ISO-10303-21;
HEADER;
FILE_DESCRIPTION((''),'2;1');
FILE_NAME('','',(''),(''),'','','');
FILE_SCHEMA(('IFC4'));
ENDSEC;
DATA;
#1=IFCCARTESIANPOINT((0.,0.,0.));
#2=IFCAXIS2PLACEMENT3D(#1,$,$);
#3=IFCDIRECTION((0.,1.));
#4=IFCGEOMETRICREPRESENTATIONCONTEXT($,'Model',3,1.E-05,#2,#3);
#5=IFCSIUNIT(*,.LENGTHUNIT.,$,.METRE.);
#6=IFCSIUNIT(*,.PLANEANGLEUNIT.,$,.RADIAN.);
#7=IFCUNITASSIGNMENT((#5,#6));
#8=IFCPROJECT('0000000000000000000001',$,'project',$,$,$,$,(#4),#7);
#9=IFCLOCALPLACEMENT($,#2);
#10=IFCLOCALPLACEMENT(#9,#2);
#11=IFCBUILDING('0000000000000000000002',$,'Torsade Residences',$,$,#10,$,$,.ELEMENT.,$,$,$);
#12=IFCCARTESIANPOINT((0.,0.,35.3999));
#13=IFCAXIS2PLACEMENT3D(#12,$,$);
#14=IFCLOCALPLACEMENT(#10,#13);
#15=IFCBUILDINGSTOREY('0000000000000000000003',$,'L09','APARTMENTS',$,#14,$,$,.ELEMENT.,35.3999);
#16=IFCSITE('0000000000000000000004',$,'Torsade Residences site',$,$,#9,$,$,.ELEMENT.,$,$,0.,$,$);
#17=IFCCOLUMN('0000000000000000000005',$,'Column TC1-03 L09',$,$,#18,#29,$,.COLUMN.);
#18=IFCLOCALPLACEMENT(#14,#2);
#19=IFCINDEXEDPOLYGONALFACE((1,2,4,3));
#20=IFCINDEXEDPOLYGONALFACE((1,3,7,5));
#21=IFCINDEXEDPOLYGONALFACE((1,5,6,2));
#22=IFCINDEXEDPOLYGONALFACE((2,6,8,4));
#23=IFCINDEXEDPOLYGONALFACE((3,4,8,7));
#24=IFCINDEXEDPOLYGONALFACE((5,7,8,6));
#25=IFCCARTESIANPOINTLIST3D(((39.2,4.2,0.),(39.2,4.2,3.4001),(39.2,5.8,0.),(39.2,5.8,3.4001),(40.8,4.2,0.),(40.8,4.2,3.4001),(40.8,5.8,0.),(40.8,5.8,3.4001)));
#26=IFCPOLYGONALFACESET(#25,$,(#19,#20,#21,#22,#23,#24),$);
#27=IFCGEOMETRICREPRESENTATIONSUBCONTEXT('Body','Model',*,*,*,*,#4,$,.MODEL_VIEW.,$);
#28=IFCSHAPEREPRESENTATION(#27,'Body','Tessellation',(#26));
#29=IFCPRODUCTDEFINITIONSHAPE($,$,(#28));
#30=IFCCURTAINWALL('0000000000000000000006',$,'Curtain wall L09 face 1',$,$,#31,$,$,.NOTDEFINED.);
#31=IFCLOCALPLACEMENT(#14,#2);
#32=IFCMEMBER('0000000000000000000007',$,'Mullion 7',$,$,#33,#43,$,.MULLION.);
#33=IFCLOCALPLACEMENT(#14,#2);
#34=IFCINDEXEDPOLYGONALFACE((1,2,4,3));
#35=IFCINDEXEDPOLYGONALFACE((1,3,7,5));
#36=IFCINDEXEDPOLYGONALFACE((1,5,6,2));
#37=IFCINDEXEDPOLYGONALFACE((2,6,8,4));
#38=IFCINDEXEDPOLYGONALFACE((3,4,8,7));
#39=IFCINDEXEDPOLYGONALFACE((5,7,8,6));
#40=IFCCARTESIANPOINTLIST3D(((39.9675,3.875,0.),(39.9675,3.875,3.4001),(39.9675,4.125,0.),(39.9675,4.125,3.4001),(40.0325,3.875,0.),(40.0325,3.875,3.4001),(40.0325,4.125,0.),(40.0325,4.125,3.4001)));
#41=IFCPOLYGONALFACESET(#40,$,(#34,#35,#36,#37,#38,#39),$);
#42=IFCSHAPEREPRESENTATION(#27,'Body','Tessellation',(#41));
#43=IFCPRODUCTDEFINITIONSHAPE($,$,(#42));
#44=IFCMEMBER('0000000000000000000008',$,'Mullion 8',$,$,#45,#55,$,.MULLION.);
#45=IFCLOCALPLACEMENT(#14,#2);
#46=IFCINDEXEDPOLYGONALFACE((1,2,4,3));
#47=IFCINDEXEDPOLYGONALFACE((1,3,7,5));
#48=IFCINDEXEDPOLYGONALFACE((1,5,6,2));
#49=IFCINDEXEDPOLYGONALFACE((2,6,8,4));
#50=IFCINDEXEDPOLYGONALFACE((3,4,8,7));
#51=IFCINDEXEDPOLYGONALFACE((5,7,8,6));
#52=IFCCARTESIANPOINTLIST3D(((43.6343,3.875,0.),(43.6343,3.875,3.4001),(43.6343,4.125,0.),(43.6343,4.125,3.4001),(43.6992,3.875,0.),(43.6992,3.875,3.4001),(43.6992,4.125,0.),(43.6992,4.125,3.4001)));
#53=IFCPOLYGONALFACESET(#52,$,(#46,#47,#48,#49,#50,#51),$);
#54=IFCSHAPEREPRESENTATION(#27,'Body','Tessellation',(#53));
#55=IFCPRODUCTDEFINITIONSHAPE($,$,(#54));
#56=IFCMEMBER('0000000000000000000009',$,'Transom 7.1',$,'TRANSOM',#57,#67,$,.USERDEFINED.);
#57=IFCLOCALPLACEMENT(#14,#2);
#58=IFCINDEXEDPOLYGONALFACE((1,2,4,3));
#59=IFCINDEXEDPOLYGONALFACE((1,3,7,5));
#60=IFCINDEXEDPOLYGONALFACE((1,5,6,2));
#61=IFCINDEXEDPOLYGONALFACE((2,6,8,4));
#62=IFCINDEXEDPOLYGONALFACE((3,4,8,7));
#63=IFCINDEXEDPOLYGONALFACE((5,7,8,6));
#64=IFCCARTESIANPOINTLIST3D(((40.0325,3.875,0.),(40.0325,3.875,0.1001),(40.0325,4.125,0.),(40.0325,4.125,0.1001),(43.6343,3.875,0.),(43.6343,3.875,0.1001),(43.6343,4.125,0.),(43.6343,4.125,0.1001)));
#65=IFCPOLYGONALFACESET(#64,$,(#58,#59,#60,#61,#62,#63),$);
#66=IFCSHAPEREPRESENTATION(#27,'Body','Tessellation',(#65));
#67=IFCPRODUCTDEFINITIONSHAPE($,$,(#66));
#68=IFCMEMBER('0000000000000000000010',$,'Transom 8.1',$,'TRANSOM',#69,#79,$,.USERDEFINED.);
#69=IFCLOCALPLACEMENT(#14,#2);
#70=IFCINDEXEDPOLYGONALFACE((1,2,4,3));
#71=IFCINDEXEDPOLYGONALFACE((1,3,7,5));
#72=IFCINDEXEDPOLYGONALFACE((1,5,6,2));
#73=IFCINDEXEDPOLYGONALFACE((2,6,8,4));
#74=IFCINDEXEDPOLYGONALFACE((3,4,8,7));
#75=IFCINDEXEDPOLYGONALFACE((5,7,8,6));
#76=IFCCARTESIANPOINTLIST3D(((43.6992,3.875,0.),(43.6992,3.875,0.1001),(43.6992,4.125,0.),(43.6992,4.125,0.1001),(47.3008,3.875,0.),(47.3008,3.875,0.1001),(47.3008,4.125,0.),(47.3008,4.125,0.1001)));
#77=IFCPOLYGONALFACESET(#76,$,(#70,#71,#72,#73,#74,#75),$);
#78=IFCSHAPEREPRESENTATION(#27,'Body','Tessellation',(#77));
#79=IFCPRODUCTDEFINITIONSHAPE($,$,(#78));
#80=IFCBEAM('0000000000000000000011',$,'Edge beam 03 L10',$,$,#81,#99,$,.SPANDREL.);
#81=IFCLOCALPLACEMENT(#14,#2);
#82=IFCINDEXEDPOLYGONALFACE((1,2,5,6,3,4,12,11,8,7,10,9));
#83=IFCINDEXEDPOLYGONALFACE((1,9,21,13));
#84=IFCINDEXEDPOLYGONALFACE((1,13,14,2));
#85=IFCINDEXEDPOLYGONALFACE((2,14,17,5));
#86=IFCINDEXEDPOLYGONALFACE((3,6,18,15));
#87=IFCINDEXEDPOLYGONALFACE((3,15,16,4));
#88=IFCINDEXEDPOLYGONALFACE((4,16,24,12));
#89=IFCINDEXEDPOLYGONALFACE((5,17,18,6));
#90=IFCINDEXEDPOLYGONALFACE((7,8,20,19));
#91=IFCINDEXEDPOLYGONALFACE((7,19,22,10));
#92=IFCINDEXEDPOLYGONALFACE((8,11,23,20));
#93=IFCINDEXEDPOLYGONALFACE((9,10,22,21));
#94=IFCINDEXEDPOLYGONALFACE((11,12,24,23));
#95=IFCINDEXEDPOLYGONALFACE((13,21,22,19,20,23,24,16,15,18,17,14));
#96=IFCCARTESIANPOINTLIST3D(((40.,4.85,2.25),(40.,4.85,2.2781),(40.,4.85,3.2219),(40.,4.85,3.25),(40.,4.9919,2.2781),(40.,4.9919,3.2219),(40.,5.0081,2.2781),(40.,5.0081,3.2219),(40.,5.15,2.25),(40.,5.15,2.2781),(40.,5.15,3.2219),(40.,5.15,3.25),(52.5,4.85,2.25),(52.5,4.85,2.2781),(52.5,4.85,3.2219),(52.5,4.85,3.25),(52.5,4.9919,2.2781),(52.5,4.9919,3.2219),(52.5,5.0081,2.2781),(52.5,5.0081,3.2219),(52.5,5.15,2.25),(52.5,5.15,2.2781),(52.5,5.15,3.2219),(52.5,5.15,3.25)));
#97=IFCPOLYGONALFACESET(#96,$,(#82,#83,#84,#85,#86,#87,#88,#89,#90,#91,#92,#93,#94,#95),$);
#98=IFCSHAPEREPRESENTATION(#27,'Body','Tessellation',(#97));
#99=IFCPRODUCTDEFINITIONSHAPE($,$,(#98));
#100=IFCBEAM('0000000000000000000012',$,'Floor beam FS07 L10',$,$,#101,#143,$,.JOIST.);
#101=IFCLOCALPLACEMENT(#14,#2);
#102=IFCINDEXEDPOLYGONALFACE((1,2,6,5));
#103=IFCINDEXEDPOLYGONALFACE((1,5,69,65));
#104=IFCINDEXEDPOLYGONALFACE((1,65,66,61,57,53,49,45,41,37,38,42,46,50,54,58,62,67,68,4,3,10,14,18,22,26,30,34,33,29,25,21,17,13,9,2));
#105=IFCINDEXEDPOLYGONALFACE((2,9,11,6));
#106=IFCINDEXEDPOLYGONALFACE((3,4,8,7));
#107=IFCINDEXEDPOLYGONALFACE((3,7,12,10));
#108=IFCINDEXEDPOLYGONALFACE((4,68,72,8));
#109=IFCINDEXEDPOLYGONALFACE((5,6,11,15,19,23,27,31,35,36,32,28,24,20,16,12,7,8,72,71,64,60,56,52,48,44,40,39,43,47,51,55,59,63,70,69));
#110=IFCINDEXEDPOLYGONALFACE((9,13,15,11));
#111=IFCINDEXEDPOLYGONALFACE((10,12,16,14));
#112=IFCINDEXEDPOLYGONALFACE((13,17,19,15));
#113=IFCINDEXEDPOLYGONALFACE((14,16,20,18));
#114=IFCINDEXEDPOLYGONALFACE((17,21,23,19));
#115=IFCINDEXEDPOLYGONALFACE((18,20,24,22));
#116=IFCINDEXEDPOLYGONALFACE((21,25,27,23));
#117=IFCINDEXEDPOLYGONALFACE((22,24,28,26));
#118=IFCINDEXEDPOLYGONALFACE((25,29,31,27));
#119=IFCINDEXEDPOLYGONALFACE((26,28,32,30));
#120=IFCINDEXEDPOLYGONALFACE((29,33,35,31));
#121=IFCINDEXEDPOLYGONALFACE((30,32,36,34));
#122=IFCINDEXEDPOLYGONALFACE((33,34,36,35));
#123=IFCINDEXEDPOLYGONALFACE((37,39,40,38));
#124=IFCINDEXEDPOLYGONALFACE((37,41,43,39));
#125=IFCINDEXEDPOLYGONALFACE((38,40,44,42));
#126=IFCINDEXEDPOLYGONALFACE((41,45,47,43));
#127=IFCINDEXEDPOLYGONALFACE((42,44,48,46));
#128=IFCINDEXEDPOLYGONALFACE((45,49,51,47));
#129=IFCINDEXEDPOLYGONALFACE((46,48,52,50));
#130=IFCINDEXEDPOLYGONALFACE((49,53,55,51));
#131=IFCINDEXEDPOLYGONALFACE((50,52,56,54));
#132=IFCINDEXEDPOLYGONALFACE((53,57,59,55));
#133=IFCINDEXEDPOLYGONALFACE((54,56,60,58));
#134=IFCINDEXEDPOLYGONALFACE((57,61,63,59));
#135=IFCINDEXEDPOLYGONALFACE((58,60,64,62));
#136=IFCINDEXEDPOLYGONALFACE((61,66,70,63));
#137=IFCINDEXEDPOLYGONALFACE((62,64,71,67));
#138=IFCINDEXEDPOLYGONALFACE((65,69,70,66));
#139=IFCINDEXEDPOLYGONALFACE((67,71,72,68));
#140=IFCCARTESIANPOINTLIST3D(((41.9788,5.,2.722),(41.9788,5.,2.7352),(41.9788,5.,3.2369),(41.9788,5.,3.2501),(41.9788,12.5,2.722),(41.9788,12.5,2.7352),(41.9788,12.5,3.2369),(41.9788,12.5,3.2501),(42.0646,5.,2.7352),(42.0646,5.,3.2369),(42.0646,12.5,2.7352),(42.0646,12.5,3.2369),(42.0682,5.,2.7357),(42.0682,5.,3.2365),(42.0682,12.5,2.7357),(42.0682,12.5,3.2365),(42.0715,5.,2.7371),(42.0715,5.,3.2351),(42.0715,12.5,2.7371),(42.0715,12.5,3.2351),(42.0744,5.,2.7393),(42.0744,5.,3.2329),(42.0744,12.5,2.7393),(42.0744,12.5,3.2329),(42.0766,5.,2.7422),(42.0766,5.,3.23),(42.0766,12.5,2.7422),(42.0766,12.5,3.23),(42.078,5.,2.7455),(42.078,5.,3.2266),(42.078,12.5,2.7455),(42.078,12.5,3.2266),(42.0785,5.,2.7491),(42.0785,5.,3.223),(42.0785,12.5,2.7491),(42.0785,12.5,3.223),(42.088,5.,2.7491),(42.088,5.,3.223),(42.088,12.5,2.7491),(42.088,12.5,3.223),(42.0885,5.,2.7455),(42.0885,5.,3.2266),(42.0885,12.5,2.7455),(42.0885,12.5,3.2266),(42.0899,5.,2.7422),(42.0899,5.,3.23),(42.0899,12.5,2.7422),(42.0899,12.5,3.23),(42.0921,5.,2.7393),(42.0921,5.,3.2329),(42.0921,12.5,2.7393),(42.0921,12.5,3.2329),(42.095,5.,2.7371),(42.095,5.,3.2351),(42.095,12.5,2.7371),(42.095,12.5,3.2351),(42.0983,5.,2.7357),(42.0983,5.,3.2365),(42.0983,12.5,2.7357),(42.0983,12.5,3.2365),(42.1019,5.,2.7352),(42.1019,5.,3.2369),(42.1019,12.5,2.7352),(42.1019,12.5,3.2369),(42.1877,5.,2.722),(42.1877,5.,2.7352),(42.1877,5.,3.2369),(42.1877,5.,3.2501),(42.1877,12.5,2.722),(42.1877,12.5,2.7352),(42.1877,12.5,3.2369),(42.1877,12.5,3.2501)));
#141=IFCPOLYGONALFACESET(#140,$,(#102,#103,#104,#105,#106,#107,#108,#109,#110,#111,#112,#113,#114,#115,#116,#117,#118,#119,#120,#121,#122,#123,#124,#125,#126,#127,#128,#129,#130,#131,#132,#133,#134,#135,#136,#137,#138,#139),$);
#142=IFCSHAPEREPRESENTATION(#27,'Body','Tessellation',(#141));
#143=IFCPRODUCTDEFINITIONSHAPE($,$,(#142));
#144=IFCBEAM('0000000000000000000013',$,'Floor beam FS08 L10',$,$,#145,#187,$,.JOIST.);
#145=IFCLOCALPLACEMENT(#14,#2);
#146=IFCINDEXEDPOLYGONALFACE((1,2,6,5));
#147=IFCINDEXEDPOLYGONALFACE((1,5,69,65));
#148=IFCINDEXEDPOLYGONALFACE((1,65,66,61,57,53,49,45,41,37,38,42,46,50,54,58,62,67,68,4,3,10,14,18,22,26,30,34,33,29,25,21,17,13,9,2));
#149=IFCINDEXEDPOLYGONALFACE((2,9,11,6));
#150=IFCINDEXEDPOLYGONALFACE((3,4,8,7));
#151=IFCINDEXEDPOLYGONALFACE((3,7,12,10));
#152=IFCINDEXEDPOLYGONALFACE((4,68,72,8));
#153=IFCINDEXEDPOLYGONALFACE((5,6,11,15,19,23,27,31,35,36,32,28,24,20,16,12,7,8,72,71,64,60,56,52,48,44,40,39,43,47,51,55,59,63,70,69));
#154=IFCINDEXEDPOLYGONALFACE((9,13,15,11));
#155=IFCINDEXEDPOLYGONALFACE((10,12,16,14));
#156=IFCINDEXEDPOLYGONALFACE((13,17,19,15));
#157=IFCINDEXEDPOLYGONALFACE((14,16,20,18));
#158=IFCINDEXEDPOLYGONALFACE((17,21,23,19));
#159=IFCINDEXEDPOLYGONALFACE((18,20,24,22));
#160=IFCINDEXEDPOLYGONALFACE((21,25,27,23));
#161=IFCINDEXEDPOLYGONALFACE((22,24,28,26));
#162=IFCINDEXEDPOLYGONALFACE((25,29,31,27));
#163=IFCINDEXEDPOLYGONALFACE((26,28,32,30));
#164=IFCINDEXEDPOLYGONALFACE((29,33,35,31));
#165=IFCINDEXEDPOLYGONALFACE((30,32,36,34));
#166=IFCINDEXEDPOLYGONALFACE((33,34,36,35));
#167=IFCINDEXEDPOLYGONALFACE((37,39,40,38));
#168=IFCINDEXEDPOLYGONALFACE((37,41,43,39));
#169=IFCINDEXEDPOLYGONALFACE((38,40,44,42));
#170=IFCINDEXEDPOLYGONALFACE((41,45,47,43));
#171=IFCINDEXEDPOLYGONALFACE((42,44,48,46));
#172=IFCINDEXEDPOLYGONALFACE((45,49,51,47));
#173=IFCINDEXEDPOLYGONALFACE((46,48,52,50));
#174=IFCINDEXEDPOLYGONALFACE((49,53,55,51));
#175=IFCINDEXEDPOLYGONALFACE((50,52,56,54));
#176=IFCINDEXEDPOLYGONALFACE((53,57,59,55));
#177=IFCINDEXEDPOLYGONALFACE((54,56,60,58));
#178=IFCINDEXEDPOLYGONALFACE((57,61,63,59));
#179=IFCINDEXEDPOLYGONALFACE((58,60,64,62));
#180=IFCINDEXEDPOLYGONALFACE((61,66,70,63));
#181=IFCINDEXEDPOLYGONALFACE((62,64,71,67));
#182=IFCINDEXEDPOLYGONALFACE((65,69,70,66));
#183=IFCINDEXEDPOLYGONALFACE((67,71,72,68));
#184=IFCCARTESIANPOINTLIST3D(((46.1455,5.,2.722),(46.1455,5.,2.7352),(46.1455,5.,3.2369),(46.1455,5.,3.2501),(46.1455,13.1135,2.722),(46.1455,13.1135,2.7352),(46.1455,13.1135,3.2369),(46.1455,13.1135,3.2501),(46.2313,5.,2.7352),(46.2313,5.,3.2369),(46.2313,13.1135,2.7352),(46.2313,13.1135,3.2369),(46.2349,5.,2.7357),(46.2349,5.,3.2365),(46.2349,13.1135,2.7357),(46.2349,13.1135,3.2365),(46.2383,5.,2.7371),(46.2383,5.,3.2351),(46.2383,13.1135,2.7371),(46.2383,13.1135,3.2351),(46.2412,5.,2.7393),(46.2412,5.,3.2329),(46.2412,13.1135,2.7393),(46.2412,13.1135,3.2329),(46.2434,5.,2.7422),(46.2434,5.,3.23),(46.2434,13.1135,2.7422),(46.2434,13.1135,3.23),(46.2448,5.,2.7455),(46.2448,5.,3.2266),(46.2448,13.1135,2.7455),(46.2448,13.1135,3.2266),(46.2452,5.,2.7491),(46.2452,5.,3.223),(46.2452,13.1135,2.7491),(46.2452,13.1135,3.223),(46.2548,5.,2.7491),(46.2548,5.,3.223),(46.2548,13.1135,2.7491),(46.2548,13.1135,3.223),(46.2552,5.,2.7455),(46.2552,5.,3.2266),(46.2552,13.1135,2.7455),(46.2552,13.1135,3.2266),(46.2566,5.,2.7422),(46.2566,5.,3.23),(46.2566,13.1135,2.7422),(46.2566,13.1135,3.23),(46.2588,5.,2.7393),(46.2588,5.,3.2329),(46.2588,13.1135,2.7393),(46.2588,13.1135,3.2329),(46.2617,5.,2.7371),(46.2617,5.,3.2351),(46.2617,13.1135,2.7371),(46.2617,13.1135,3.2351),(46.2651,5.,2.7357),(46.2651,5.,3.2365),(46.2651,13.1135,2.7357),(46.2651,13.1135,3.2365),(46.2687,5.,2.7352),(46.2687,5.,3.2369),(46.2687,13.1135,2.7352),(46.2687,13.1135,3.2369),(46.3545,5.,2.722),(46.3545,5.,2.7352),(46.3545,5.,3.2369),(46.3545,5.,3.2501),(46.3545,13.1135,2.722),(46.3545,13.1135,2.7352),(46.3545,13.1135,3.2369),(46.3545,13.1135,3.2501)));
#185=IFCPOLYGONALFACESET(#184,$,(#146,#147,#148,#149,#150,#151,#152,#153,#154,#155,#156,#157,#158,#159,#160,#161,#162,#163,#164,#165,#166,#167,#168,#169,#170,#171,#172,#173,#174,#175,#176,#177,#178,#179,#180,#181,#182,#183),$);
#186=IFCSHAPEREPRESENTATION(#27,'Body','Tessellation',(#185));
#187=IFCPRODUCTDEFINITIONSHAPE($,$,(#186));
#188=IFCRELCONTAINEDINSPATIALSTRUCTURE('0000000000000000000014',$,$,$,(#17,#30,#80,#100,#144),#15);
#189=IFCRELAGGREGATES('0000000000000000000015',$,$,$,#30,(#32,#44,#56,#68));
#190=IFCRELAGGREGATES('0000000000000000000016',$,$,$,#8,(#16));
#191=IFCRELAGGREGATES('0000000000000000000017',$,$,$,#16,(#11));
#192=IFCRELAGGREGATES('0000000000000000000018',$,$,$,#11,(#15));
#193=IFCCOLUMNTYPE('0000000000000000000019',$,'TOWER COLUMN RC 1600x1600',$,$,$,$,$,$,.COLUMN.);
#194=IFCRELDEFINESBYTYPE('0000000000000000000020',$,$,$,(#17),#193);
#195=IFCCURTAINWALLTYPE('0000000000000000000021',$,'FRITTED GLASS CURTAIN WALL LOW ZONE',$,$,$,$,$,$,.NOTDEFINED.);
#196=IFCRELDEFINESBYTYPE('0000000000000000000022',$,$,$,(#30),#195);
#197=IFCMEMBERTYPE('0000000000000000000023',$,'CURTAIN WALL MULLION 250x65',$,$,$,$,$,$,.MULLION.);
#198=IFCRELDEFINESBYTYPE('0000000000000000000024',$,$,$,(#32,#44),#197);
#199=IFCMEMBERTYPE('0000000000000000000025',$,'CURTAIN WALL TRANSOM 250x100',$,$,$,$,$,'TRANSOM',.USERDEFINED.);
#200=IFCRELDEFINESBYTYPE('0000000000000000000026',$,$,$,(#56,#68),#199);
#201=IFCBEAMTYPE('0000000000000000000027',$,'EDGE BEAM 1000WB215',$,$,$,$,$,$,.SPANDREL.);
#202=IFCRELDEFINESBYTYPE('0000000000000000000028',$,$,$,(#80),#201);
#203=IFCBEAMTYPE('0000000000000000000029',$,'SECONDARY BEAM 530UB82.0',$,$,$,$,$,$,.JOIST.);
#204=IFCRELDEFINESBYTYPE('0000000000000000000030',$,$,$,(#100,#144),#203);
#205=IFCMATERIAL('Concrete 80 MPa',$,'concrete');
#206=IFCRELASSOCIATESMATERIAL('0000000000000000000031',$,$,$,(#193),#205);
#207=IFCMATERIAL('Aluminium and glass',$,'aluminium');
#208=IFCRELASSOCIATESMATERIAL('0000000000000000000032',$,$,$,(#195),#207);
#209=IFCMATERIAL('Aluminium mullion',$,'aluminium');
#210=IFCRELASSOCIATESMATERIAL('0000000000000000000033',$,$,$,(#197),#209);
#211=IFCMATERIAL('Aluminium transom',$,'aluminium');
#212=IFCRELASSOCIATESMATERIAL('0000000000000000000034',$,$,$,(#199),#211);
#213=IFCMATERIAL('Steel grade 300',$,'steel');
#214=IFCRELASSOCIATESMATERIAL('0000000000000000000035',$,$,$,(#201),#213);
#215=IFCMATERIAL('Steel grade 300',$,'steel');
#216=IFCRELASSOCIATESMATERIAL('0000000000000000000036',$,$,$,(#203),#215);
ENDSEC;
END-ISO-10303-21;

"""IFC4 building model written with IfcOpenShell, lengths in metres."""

from ifc_helpers import new_model, si_unit, direction, frame, origin, origin_2d, place, context, subcontext, project, spatial, rectangle, i_section, extrude, material, material_profile, profile_set, type_object, element, aggregate, save


model = new_model("IFC4")

# Units and contexts
model_context = context("Model", 3, precision=1e-05, world=origin(), true_north=direction((0.0, 1.0)))
body_context = subcontext(model_context, "Body", "Model", "MODEL_VIEW")
ifc_project = project(units=[si_unit("LENGTHUNIT", "METRE"), si_unit("PLANEANGLEUNIT", "RADIAN")], contexts=[model_context])

# Site, building, storey
site_placement = place(None, origin())
site = spatial("IfcSite", under=ifc_project, at=site_placement, Name="Torsade Residences site", CompositionType="ELEMENT", RefElevation=0.0)
building_placement = place(site_placement, origin())
building = spatial("IfcBuilding", under=site, at=building_placement, Name="Torsade Residences", CompositionType="ELEMENT")
storey_placement = place(building_placement, frame((0.0, 0.0, 35.3999)))
storey = spatial("IfcBuildingStorey", under=building, at=storey_placement, Name="L09", Description="APARTMENTS", CompositionType="ELEMENT", Elevation=35.3999)

# Column
ifc_material_1 = material(Name="Concrete 80 MPa", Category="concrete")
ifc_material_profile_1 = material_profile(ifc_material_1, rectangle(XDim=1.6001, YDim=1.6001, at=origin_2d()), Name="RC 1600x1600")
ifc_profile_set_1 = profile_set([ifc_material_profile_1], Name="Concrete 80 MPa")
column_type = type_object("IfcColumnType", Name="TOWER COLUMN RC 1600x1600", PredefinedType="COLUMN", material=ifc_profile_set_1)
column_placement = place(storey_placement, frame((40.0, 5.0, 0.0), z_axis=(0.0, 0.0, 1.0), x_axis=(1.0, 0.0, 0.0)))
element("IfcColumn", 1, at=column_placement, inside=storey, type_object=column_type, Name="Column TC1-03 L09", PredefinedType="COLUMN", context=body_context, shape_type="SweptSolid", body=[
    extrude(rectangle(XDim=1.6001, YDim=1.6001, at=origin_2d()), origin(), (0.0, 0.0, 1.0), 3.4001),
])

# Curtain wall, members
ifc_material_2 = material(Name="Aluminium and glass", Category="aluminium")
curtain_wall_type = type_object("IfcCurtainWallType", Name="FRITTED GLASS CURTAIN WALL LOW ZONE", PredefinedType="NOTDEFINED", material=ifc_material_2)
curtain_wall_placement = place(storey_placement, origin())
curtain_wall = element("IfcCurtainWall", 2, at=curtain_wall_placement, inside=storey, type_object=curtain_wall_type, Name="Curtain wall L09 face 1", PredefinedType="NOTDEFINED")
ifc_material_3 = material(Name="Aluminium mullion", Category="aluminium")
ifc_material_profile_2 = material_profile(ifc_material_3, rectangle(XDim=0.25, YDim=0.0649, at=origin_2d()), Name="CURTAIN WALL MULLION 250x65")
ifc_profile_set_2 = profile_set([ifc_material_profile_2], Name="Aluminium mullion")
member_type_1 = type_object("IfcMemberType", Name="CURTAIN WALL MULLION 250x65", PredefinedType="MULLION", material=ifc_profile_set_2)
member_1_placement = place(storey_placement, frame((40.0, 4.0, 0.0), z_axis=(0.0, 0.0, 1.0), x_axis=(0.0, 1.0, 0.0)))
member_1 = element("IfcMember", 3, at=member_1_placement, type_object=member_type_1, Name="Mullion 7", PredefinedType="MULLION", context=body_context, shape_type="SweptSolid", body=[
    extrude(rectangle(XDim=0.25, YDim=0.0649, at=origin_2d()), origin(), (0.0, 0.0, 1.0), 3.4001),
])
member_2_placement = place(storey_placement, frame((43.6667, 4.0, 0.0), z_axis=(0.0, 0.0, 1.0), x_axis=(0.0, 1.0, 0.0)))
member_2 = element("IfcMember", 4, at=member_2_placement, type_object=member_type_1, Name="Mullion 8", PredefinedType="MULLION", context=body_context, shape_type="SweptSolid", body=[
    extrude(rectangle(XDim=0.25, YDim=0.0649, at=origin_2d()), origin(), (0.0, 0.0, 1.0), 3.4001),
])
ifc_material_4 = material(Name="Aluminium transom", Category="aluminium")
ifc_material_profile_3 = material_profile(ifc_material_4, rectangle(XDim=0.25, YDim=0.1001, at=origin_2d()), Name="CURTAIN WALL TRANSOM 250x100")
ifc_profile_set_3 = profile_set([ifc_material_profile_3], Name="Aluminium transom")
member_type_2 = type_object("IfcMemberType", Name="CURTAIN WALL TRANSOM 250x100", ElementType="TRANSOM", PredefinedType="USERDEFINED", material=ifc_profile_set_3)
member_3_placement = place(storey_placement, frame((40.0325, 4.0, 0.05), z_axis=(1.0, 0.0, 0.0), x_axis=(0.0, 1.0, 0.0)))
member_3 = element("IfcMember", 5, at=member_3_placement, type_object=member_type_2, Name="Transom 7.1", ObjectType="TRANSOM", PredefinedType="USERDEFINED", context=body_context, shape_type="SweptSolid", body=[
    extrude(rectangle(XDim=0.25, YDim=0.1001, at=origin_2d()), origin(), (0.0, 0.0, 1.0), 3.6018),
])
member_4_placement = place(storey_placement, frame((43.6992, 4.0, 0.05), z_axis=(1.0, 0.0, 0.0), x_axis=(0.0, 1.0, 0.0)))
member_4 = element("IfcMember", 6, at=member_4_placement, type_object=member_type_2, Name="Transom 8.1", ObjectType="TRANSOM", PredefinedType="USERDEFINED", context=body_context, shape_type="SweptSolid", body=[
    extrude(rectangle(XDim=0.25, YDim=0.1001, at=origin_2d()), origin(), (0.0, 0.0, 1.0), 3.6016),
])

# Beams
ifc_material_5 = material(Name="Steel grade 300", Category="steel")
ifc_material_profile_4 = material_profile(ifc_material_5, i_section(OverallWidth=0.3, OverallDepth=1.0, WebThickness=0.0161, FlangeThickness=0.0281, at=origin_2d()), Name="1000WB215")
ifc_profile_set_4 = profile_set([ifc_material_profile_4], Name="Steel grade 300")
beam_type_1 = type_object("IfcBeamType", Name="EDGE BEAM 1000WB215", PredefinedType="SPANDREL", material=ifc_profile_set_4)
beam_1_placement = place(storey_placement, frame((40.0, 5.0, 2.75), z_axis=(1.0, 0.0, 0.0), x_axis=(0.0, 1.0, 0.0)))
element("IfcBeam", 7, at=beam_1_placement, inside=storey, type_object=beam_type_1, Name="Edge beam 03 L10", PredefinedType="SPANDREL", context=body_context, shape_type="SweptSolid", body=[
    extrude(i_section(OverallWidth=0.3, OverallDepth=1.0, WebThickness=0.0161, FlangeThickness=0.0281, at=origin_2d()), origin(), (0.0, 0.0, 1.0), 12.5),
])
ifc_material_6 = material(Name="Steel grade 300", Category="steel")
ifc_material_profile_5 = material_profile(ifc_material_6, i_section(OverallWidth=0.209, OverallDepth=0.5281, WebThickness=0.0095, FlangeThickness=0.0132, FilletRadius=0.0139, at=origin_2d()), Name="530UB82.0")
ifc_profile_set_5 = profile_set([ifc_material_profile_5], Name="Steel grade 300")
beam_type_2 = type_object("IfcBeamType", Name="SECONDARY BEAM 530UB82.0", PredefinedType="JOIST", material=ifc_profile_set_5)
beam_2_placement = place(storey_placement, frame((42.0833, 5.0, 2.9861), z_axis=(0.0, 1.0, 0.0), x_axis=(-1.0, 0.0, 0.0)))
element("IfcBeam", 8, at=beam_2_placement, inside=storey, type_object=beam_type_2, Name="Floor beam FS07 L10", PredefinedType="JOIST", context=body_context, shape_type="SweptSolid", body=[
    extrude(i_section(OverallWidth=0.209, OverallDepth=0.5281, WebThickness=0.0095, FlangeThickness=0.0132, FilletRadius=0.0139, at=origin_2d()), origin(), (0.0, 0.0, 1.0), 7.5),
])
beam_3_placement = place(storey_placement, frame((46.25, 5.0, 2.9861), z_axis=(0.0, 1.0, 0.0), x_axis=(-1.0, 0.0, 0.0)))
element("IfcBeam", 9, at=beam_3_placement, inside=storey, type_object=beam_type_2, Name="Floor beam FS08 L10", PredefinedType="JOIST", context=body_context, shape_type="SweptSolid", body=[
    extrude(i_section(OverallWidth=0.209, OverallDepth=0.5281, WebThickness=0.0095, FlangeThickness=0.0132, FilletRadius=0.0139, at=origin_2d()), origin(), (0.0, 0.0, 1.0), 8.1135),
])

aggregate(curtain_wall, [member_1, member_2, member_3, member_4])

save(model, "model.ifc")
